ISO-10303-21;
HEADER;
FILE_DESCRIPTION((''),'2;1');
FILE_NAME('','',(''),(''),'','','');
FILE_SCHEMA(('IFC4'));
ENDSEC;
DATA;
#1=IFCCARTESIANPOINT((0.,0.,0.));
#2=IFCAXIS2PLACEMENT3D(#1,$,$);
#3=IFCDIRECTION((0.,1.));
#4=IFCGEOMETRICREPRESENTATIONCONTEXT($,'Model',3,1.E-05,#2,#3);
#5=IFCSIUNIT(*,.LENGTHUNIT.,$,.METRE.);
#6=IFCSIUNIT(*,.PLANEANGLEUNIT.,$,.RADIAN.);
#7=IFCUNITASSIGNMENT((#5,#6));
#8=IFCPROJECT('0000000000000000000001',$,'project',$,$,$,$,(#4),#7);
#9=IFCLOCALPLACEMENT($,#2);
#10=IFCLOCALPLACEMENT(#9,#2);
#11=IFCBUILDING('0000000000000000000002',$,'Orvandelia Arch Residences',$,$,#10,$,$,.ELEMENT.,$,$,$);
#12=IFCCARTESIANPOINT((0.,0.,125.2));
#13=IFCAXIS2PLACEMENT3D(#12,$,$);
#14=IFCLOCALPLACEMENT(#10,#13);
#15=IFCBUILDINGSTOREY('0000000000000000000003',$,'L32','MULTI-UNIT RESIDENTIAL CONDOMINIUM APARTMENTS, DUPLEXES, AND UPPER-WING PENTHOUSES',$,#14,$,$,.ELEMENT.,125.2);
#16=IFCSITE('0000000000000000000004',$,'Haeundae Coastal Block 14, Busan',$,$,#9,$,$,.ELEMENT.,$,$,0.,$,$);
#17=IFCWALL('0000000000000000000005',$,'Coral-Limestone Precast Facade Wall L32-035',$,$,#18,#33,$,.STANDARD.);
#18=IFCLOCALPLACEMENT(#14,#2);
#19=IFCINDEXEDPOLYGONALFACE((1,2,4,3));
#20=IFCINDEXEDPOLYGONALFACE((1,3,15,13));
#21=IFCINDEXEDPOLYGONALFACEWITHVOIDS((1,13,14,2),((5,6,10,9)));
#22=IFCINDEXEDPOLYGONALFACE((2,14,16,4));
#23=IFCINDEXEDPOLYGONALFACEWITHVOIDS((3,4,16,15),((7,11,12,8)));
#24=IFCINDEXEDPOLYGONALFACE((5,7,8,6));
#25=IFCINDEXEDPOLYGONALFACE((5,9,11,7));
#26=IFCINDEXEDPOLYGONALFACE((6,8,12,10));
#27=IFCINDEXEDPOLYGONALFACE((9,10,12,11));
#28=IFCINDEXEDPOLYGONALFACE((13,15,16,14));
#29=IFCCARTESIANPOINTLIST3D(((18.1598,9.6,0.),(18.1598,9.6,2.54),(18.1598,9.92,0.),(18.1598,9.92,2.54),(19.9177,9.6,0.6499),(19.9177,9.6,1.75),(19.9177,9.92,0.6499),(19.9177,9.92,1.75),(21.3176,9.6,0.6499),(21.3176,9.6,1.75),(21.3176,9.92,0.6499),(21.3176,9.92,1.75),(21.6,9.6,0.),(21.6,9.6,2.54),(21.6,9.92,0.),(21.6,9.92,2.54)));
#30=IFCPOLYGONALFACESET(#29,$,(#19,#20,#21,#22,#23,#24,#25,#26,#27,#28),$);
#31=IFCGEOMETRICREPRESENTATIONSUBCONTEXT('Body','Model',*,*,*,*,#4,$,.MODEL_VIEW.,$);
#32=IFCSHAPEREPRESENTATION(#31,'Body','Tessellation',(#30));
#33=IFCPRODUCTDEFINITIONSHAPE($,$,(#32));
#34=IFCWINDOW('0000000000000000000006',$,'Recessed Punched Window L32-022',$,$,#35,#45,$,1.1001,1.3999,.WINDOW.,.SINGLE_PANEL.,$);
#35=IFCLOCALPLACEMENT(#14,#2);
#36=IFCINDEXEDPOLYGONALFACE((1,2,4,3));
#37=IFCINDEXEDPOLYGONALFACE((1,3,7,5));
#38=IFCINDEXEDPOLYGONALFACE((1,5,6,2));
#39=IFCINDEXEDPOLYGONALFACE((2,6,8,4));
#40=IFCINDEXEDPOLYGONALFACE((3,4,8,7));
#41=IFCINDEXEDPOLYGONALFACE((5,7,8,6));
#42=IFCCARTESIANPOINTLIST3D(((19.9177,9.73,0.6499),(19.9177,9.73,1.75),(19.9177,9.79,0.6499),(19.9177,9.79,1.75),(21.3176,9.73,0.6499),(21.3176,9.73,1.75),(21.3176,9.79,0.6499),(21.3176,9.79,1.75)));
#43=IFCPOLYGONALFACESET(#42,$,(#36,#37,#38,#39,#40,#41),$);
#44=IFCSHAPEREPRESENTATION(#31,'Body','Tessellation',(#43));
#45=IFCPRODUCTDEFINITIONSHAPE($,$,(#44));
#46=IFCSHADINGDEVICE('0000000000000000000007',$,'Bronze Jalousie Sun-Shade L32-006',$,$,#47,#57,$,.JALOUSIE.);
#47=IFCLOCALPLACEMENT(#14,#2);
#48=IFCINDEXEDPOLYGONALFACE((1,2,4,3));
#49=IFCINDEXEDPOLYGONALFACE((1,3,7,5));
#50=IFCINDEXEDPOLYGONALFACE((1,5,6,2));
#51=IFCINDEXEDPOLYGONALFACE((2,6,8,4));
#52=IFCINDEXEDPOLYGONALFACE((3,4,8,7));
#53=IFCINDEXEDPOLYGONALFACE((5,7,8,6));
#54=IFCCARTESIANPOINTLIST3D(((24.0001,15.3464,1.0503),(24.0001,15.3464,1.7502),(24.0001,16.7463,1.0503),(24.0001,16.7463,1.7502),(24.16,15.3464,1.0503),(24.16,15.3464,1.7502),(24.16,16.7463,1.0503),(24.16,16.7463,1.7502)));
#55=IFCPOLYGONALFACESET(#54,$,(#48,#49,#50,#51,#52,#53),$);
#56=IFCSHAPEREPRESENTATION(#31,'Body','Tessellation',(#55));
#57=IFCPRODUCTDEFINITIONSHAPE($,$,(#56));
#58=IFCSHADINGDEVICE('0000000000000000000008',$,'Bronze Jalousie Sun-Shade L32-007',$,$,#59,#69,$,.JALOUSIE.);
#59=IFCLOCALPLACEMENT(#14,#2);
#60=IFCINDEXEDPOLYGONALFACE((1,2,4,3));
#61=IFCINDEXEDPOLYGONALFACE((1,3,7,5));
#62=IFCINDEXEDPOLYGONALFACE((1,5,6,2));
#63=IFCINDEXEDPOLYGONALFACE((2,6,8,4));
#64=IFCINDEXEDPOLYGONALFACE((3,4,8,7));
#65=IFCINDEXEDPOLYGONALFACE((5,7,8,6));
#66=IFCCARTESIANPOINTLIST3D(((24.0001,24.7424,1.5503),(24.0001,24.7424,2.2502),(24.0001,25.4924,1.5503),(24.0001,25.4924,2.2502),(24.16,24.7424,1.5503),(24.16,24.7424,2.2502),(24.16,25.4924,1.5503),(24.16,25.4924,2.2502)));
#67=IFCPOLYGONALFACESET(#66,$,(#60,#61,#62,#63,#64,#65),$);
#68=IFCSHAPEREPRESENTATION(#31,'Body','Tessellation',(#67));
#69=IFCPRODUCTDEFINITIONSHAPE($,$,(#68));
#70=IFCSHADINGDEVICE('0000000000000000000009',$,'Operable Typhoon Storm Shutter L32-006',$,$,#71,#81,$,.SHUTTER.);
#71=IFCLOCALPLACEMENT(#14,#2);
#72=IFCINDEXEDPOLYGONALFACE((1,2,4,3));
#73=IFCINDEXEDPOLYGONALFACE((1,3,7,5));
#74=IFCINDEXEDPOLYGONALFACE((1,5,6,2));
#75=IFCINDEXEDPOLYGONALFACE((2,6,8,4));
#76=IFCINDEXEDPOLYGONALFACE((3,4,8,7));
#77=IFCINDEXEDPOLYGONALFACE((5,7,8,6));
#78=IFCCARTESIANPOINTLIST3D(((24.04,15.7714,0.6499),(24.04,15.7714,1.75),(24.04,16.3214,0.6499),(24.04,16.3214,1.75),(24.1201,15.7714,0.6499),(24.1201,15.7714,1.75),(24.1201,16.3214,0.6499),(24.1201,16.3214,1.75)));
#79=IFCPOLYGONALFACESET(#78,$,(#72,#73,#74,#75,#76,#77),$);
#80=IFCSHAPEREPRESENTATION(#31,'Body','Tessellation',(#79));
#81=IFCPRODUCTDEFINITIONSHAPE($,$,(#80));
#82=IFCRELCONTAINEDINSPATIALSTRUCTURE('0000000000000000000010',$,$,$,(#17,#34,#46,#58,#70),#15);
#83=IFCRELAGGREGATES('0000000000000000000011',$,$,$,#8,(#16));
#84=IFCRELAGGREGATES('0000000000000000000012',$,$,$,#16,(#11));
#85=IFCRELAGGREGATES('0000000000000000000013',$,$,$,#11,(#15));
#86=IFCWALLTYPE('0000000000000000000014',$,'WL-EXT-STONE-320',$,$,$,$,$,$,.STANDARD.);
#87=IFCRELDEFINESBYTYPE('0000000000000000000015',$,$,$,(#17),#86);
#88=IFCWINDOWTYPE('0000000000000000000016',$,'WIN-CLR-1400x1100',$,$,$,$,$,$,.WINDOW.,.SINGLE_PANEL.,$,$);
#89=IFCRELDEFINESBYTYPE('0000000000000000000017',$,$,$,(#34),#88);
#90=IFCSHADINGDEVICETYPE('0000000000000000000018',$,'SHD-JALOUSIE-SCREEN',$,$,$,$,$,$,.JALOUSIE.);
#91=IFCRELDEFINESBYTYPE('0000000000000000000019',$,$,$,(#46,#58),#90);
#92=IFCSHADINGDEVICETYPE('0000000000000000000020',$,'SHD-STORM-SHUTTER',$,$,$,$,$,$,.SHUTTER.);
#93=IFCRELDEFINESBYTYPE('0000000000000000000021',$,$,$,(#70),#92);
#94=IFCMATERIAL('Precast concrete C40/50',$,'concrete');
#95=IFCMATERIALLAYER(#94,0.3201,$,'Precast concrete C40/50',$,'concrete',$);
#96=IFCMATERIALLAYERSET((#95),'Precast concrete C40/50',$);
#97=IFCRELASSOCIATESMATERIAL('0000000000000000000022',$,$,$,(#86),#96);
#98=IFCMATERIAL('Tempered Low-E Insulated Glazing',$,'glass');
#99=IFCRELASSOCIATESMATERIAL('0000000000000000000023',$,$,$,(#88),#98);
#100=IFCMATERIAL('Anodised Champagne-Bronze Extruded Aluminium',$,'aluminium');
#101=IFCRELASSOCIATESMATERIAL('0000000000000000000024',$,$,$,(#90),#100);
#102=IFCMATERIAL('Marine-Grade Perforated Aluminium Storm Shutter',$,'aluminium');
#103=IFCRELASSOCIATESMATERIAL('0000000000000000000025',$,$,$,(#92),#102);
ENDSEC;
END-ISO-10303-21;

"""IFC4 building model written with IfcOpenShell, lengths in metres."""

from ifc_helpers import new_model, si_unit, direction, frame, frame_2d, origin, origin_2d, place, context, subcontext, project, spatial, rectangle, extrude, material, layer, layer_set, type_object, element, fill, save


model = new_model("IFC4")

# Units and contexts
model_context = context("Model", 3, precision=1e-05, world=origin(), true_north=direction((0.0, 1.0)))
body_context = subcontext(model_context, "Body", "Model", "MODEL_VIEW")
ifc_project = project(units=[si_unit("LENGTHUNIT", "METRE"), si_unit("PLANEANGLEUNIT", "RADIAN")], contexts=[model_context])

# Site, building, storey
site_placement = place(None, origin())
site = spatial("IfcSite", under=ifc_project, at=site_placement, Name="Haeundae Coastal Block 14, Busan", CompositionType="ELEMENT", RefElevation=0.0)
building_placement = place(site_placement, origin())
building = spatial("IfcBuilding", under=site, at=building_placement, Name="Orvandelia Arch Residences", CompositionType="ELEMENT")
storey_placement = place(building_placement, frame((0.0, 0.0, 125.2)))
storey = spatial("IfcBuildingStorey", under=building, at=storey_placement, Name="L32", Description="MULTI-UNIT RESIDENTIAL CONDOMINIUM APARTMENTS, DUPLEXES, AND UPPER-WING PENTHOUSES", CompositionType="ELEMENT", Elevation=125.2)

# Shared definitions
ifc_material_1 = material(Name="Precast concrete C40/50", Category="concrete")
ifc_layer = layer(ifc_material_1, 0.3201, Name="Precast concrete C40/50", Category="concrete")
ifc_layer_set = layer_set([ifc_layer], Name="Precast concrete C40/50")
wall_type = type_object("IfcWallType", Name="WL-EXT-STONE-320", PredefinedType="STANDARD", material=ifc_layer_set)
ifc_material_2 = material(Name="Tempered Low-E Insulated Glazing", Category="glass")
window_type_1 = type_object("IfcWindowType", Name="WIN-CLR-1400x1100", PartitioningType="SINGLE_PANEL", PredefinedType="WINDOW", material=ifc_material_2)

# Wall, opening, window
wall_1_placement = place(storey_placement, frame((21.6001, 9.76, 0.0), z_axis=(0.0, 0.0, 1.0), x_axis=(-1.0, 0.0, 0.0)))
wall_1 = element("IfcWall", 1, at=wall_1_placement, inside=storey, type_object=wall_type, Name="Coral-Limestone Precast Facade Wall L32-035", PredefinedType="STANDARD", context=body_context, shape_type="SweptSolid", body=[
    extrude(rectangle(XDim=3.4402, YDim=0.3201, at=frame_2d((1.7202, 0.0))), origin(), (0.0, 0.0, 1.0), 2.54),
])
opening_1_placement = place(wall_1_placement, frame((0.2825, 0.0, 0.6499)))
opening_1 = element("IfcOpeningElement", 2, at=opening_1_placement, cuts=wall_1, PredefinedType="OPENING", context=body_context, shape_type="SweptSolid", body=[
    extrude(rectangle(XDim=1.3999, YDim=1.1001, at=frame_2d((0.7, 0.55))), frame((0.0, 0.1699, 0.0), z_axis=(0.0, -1.0, 0.0), x_axis=(1.0, 0.0, 0.0)), (0.0, 0.0, 1.0), 0.3401),
])
window_1_placement = place(opening_1_placement, origin())
window_1 = element("IfcWindow", 3, at=window_1_placement, inside=storey, type_object=window_type_1, Name="Recessed Punched Window L32-022", OverallHeight=1.1001, OverallWidth=1.3999, PartitioningType="SINGLE_PANEL", PredefinedType="WINDOW", context=body_context, shape_type="SweptSolid", body=[
    extrude(rectangle(XDim=1.3999, YDim=1.1001, at=frame_2d((0.7, 0.55))), frame((0.0, 0.03, 0.0), z_axis=(0.0, -1.0, 0.0), x_axis=(1.0, 0.0, 0.0)), (0.0, 0.0, 1.0), 0.0601),
])
fill(opening_1, window_1)

# Shading devices
ifc_material_3 = material(Name="Anodised Champagne-Bronze Extruded Aluminium", Category="aluminium")
shading_device_type_1 = type_object("IfcShadingDeviceType", Name="SHD-JALOUSIE-SCREEN", PredefinedType="JALOUSIE", material=ifc_material_3)
shading_device_1_placement = place(storey_placement, frame((24.0801, 16.0464, 1.0503), z_axis=(0.0, 0.0, 1.0), x_axis=(0.0, -1.0, 0.0)))
element("IfcShadingDevice", 4, at=shading_device_1_placement, inside=storey, type_object=shading_device_type_1, Name="Bronze Jalousie Sun-Shade L32-006", PredefinedType="JALOUSIE", context=body_context, shape_type="SweptSolid", body=[
    extrude(rectangle(XDim=1.3999, YDim=0.1599, at=origin_2d()), origin(), (0.0, 0.0, 1.0), 0.7),
])
shading_device_2_placement = place(storey_placement, frame((24.0801, 25.1174, 1.5503), z_axis=(0.0, 0.0, 1.0), x_axis=(0.0, -1.0, 0.0)))
element("IfcShadingDevice", 5, at=shading_device_2_placement, inside=storey, type_object=shading_device_type_1, Name="Bronze Jalousie Sun-Shade L32-007", PredefinedType="JALOUSIE", context=body_context, shape_type="SweptSolid", body=[
    extrude(rectangle(XDim=0.75, YDim=0.1599, at=origin_2d()), origin(), (0.0, 0.0, 1.0), 0.7),
])
ifc_material_4 = material(Name="Marine-Grade Perforated Aluminium Storm Shutter", Category="aluminium")
shading_device_type_2 = type_object("IfcShadingDeviceType", Name="SHD-STORM-SHUTTER", PredefinedType="SHUTTER", material=ifc_material_4)
shading_device_3_placement = place(storey_placement, frame((24.0801, 16.0464, 0.6499), z_axis=(0.0, 0.0, 1.0), x_axis=(0.0, -1.0, 0.0)))
element("IfcShadingDevice", 6, at=shading_device_3_placement, inside=storey, type_object=shading_device_type_2, Name="Operable Typhoon Storm Shutter L32-006", PredefinedType="SHUTTER", context=body_context, shape_type="SweptSolid", body=[
    extrude(rectangle(XDim=0.55, YDim=0.0801, at=origin_2d()), origin(), (0.0, 0.0, 1.0), 1.1001),
])

save(model, "model.ifc")
